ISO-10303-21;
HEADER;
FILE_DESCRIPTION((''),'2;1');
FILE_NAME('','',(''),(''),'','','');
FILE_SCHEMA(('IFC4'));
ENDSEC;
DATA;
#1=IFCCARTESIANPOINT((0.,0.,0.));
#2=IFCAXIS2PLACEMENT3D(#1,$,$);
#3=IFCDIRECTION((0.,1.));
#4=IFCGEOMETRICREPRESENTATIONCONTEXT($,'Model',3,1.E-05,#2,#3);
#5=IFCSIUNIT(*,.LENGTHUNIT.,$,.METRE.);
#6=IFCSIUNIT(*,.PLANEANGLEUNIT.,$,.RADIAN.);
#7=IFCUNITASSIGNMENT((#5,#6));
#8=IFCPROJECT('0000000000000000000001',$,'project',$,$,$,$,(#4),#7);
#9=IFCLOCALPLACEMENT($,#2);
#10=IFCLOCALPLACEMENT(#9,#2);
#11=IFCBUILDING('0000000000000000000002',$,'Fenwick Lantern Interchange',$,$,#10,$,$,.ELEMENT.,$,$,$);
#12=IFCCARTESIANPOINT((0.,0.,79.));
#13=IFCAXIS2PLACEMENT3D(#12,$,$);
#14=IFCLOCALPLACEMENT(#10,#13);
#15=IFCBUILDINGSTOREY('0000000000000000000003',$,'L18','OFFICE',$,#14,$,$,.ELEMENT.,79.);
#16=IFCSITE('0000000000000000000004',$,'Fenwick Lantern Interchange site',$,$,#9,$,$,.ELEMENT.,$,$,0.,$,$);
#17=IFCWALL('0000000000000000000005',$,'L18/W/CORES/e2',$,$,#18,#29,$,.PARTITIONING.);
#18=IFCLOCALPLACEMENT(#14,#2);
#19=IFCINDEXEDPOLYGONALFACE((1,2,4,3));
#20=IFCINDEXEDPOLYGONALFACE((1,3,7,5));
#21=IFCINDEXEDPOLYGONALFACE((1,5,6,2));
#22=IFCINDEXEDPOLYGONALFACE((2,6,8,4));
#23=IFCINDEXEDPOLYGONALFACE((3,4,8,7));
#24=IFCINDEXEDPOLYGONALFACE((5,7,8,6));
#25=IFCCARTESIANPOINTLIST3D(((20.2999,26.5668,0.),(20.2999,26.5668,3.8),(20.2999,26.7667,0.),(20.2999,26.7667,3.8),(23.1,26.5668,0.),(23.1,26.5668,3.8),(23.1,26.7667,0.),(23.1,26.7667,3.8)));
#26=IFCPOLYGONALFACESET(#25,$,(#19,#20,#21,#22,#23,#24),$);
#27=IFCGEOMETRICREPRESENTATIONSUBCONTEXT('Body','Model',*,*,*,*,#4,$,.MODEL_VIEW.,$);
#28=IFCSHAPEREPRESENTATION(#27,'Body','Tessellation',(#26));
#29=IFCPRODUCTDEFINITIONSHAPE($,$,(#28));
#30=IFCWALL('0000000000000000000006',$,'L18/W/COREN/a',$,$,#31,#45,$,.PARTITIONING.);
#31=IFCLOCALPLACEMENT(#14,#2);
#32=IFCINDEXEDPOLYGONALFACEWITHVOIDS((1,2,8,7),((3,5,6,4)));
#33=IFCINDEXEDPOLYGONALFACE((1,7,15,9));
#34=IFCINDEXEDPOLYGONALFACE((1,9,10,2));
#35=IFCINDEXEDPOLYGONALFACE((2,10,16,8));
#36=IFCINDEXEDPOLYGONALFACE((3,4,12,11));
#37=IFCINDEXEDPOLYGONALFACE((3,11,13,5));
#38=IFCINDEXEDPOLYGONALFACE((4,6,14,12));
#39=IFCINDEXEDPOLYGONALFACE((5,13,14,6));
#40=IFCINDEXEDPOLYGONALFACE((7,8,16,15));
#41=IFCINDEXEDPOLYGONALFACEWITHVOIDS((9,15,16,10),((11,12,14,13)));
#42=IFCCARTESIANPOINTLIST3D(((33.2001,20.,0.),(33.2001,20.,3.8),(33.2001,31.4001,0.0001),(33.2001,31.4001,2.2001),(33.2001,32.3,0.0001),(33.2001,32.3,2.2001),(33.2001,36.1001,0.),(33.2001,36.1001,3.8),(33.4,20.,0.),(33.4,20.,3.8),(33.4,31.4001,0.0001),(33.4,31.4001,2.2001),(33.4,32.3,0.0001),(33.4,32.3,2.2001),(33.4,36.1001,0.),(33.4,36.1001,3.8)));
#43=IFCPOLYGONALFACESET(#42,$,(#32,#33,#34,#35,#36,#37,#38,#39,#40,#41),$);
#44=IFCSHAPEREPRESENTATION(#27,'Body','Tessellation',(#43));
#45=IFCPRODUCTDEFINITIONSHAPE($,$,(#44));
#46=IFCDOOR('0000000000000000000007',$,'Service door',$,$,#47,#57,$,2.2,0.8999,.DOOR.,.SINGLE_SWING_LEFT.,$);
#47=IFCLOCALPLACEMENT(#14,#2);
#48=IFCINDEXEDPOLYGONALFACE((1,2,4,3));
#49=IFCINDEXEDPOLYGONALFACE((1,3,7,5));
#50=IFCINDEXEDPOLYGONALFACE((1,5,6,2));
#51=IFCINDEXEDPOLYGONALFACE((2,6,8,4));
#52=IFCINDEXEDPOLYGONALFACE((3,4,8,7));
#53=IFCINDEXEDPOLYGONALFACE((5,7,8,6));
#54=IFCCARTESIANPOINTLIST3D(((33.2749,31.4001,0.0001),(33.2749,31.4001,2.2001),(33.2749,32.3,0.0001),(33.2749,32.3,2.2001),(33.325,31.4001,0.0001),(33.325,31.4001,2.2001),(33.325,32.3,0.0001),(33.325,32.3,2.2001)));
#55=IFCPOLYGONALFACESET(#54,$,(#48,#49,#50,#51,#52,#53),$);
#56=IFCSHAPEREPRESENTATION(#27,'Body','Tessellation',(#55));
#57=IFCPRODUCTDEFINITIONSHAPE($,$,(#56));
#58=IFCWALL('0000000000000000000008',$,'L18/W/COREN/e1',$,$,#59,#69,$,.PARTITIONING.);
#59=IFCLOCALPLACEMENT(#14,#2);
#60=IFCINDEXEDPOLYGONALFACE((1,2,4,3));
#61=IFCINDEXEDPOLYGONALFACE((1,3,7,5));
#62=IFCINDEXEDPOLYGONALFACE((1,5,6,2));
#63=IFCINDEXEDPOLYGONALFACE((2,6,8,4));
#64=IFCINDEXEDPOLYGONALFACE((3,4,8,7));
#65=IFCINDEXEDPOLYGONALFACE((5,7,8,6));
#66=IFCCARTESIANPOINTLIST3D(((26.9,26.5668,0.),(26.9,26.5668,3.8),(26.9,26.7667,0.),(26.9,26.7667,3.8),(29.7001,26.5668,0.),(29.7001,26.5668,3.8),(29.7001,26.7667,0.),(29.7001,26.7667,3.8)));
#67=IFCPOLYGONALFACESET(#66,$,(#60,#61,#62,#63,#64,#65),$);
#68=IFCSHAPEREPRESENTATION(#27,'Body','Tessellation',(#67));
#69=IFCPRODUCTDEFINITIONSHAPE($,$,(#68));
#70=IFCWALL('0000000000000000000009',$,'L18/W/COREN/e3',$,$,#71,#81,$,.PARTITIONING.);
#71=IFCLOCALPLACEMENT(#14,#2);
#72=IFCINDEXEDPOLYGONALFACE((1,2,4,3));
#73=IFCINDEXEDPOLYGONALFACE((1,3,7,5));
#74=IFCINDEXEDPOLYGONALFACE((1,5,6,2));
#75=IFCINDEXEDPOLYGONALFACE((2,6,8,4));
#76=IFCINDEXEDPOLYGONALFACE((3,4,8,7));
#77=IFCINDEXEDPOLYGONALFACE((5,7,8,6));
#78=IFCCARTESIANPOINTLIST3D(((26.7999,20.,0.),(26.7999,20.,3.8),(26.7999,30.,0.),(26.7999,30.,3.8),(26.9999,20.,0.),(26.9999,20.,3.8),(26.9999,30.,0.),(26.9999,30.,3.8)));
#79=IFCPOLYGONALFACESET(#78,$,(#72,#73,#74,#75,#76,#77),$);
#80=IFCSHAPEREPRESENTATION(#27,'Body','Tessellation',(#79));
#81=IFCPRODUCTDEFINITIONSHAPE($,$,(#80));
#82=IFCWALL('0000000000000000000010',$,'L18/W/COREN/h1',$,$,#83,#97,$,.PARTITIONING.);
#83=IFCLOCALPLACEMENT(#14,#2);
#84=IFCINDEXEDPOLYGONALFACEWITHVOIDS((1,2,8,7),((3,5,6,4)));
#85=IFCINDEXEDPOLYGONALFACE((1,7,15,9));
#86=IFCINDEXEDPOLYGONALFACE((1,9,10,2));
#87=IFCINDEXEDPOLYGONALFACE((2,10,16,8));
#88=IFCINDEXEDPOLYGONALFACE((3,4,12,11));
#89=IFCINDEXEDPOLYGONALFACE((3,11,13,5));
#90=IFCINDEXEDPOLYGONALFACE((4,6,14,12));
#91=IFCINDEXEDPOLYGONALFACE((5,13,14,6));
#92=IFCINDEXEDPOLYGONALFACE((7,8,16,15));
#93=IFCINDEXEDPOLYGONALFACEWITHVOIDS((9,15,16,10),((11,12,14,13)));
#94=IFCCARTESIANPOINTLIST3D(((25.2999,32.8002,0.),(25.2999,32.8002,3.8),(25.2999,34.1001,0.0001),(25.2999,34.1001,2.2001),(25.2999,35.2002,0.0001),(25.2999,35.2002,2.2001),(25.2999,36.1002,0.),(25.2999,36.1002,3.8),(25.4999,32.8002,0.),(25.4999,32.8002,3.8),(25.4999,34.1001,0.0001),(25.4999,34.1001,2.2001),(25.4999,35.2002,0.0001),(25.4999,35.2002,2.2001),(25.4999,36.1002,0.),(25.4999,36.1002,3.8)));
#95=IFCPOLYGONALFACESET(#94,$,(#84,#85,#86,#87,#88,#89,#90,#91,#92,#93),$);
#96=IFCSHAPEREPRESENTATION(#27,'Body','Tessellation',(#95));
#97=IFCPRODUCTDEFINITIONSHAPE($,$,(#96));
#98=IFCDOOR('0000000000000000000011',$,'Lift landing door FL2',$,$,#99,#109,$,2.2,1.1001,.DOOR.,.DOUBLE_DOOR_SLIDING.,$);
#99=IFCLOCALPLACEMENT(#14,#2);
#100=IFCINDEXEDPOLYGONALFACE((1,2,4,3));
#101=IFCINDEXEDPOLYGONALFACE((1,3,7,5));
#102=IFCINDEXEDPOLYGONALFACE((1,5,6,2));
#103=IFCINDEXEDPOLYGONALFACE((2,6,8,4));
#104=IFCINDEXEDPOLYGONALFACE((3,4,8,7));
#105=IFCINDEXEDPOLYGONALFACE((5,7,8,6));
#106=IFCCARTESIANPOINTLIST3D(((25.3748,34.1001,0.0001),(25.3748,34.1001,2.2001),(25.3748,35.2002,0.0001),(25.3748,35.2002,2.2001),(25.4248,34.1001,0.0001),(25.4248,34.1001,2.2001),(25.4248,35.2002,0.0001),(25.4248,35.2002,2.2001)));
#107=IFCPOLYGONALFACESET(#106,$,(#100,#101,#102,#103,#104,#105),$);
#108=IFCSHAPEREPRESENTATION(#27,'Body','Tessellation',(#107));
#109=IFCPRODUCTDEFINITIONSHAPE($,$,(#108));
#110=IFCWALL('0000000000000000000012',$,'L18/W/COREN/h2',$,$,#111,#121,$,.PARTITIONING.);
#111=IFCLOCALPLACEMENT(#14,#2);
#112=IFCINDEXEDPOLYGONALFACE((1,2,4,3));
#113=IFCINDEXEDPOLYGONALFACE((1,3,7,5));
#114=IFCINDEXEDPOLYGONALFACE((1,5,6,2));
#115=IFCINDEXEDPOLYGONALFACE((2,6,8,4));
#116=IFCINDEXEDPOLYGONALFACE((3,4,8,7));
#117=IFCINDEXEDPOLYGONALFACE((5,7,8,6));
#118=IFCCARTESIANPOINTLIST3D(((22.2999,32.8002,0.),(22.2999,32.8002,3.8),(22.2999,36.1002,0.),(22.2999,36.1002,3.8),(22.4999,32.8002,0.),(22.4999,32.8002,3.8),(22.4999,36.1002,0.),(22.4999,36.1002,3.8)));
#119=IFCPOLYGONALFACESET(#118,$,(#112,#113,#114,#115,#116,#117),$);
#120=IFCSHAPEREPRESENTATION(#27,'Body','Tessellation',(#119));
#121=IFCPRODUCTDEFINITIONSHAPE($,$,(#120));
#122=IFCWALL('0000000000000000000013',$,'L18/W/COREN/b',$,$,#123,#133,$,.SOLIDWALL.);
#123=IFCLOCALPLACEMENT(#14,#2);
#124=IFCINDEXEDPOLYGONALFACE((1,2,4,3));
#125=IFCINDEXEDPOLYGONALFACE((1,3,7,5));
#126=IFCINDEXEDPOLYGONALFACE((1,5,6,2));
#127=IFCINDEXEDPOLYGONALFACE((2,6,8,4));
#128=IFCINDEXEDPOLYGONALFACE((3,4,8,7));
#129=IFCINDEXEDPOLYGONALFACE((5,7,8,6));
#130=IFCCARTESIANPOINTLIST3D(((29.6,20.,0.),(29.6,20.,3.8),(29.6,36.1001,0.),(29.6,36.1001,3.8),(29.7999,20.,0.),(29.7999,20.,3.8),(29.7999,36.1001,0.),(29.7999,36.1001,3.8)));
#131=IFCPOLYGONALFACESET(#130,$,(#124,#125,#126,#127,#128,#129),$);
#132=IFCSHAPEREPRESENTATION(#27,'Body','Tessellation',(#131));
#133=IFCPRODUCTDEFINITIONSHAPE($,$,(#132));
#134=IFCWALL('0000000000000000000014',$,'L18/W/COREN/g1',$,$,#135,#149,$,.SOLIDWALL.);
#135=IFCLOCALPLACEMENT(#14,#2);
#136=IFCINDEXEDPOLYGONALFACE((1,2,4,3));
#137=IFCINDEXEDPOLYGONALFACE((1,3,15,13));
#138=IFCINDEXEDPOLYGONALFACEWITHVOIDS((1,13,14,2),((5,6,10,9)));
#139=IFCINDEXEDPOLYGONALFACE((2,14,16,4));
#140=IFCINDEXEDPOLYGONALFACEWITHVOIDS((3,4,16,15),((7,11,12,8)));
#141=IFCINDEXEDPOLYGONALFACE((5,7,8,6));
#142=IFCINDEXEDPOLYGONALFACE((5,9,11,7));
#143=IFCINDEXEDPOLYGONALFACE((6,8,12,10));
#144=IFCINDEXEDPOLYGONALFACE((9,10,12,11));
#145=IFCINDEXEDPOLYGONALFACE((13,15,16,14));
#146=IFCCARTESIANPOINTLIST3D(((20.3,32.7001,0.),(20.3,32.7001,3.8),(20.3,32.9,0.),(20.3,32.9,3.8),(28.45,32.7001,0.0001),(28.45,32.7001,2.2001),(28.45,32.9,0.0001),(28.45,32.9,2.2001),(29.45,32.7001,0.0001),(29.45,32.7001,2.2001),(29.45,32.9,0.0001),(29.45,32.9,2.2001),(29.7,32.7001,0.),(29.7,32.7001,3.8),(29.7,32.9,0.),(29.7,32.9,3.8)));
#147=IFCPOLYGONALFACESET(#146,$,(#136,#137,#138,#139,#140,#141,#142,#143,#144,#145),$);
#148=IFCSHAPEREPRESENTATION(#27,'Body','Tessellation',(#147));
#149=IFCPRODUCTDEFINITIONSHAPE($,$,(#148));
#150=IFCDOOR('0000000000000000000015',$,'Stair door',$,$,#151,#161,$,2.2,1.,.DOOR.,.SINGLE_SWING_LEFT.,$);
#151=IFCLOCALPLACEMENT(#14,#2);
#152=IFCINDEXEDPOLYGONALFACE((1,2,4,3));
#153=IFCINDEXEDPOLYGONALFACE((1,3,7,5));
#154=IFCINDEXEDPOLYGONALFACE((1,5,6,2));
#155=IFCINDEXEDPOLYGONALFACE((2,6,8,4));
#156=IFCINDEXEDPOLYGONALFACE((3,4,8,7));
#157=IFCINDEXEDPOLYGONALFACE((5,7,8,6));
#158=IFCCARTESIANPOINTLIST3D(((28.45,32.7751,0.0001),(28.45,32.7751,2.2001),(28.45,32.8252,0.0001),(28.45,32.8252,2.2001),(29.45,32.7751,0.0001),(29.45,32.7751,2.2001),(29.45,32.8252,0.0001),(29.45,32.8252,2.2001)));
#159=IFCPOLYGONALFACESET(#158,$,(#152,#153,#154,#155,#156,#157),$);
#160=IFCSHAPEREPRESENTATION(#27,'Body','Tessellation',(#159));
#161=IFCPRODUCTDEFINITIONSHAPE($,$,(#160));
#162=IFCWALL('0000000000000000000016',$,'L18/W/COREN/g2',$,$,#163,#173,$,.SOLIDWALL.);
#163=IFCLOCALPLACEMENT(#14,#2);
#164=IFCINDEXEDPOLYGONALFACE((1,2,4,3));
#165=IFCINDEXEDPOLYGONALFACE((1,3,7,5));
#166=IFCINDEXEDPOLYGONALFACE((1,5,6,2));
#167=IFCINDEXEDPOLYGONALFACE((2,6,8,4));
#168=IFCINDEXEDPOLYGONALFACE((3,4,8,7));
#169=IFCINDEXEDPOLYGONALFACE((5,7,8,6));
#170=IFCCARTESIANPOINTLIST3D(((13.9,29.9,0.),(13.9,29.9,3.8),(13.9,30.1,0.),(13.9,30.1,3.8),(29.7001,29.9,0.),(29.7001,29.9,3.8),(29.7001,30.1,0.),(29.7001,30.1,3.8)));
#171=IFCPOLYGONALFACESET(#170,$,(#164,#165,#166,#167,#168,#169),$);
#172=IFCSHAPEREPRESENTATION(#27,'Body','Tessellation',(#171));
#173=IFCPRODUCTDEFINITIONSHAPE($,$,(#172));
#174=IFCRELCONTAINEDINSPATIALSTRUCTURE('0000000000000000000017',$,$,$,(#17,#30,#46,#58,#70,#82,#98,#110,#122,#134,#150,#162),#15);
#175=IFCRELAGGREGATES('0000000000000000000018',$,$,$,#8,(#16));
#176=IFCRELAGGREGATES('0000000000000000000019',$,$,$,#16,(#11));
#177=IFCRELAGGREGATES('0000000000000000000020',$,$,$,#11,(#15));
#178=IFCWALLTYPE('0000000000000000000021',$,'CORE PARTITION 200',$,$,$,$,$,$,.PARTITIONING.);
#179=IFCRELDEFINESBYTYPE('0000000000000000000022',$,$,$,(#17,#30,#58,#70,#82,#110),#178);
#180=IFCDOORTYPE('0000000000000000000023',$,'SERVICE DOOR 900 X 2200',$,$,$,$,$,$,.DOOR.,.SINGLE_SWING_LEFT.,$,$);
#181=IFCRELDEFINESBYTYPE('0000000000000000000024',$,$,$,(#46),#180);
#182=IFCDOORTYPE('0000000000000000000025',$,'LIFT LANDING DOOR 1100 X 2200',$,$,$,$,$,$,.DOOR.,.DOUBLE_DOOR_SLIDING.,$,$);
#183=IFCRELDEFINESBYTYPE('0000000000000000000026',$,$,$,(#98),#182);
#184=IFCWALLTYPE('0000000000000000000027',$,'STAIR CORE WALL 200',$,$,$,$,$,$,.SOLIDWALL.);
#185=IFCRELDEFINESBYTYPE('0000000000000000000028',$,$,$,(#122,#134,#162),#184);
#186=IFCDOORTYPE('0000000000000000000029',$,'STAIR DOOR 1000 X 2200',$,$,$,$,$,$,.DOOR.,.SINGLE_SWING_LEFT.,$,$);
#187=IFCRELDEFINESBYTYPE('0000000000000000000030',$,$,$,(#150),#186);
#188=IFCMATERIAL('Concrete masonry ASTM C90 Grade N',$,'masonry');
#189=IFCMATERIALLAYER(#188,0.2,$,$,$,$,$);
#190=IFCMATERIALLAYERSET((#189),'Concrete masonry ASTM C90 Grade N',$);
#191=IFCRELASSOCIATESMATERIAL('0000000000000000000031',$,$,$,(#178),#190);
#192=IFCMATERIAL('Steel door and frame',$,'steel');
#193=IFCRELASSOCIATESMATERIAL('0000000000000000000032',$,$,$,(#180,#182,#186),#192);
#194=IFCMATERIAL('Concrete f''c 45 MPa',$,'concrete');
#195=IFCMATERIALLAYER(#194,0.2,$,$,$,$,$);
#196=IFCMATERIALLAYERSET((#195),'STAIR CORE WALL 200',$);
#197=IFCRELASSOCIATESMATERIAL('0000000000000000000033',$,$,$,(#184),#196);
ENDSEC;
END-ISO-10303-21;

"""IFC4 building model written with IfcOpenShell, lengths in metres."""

from ifc_helpers import new_model, si_unit, direction, frame, frame_2d, origin, place, context, subcontext, project, spatial, rectangle, extrude, material, layer, layer_set, type_object, element, fill, save


model = new_model("IFC4")

# Units and contexts
model_context = context("Model", 3, precision=1e-05, world=origin(), true_north=direction((0.0, 1.0)))
body_context = subcontext(model_context, "Body", "Model", "MODEL_VIEW")
ifc_project = project(units=[si_unit("LENGTHUNIT", "METRE"), si_unit("PLANEANGLEUNIT", "RADIAN")], contexts=[model_context])

# Site, building, storey
site_placement = place(None, origin())
site = spatial("IfcSite", under=ifc_project, at=site_placement, Name="Fenwick Lantern Interchange site", CompositionType="ELEMENT", RefElevation=0.0)
building_placement = place(site_placement, origin())
building = spatial("IfcBuilding", under=site, at=building_placement, Name="Fenwick Lantern Interchange", CompositionType="ELEMENT")
storey_placement = place(building_placement, frame((0.0, 0.0, 79.0)))
storey = spatial("IfcBuildingStorey", under=building, at=storey_placement, Name="L18", Description="OFFICE", CompositionType="ELEMENT", Elevation=79.0)

# Wall
ifc_material_1 = material(Name="Concrete masonry ASTM C90 Grade N", Category="masonry")
ifc_layer_1 = layer(ifc_material_1, 0.2)
ifc_layer_set_1 = layer_set([ifc_layer_1], Name="Concrete masonry ASTM C90 Grade N")
wall_type_1 = type_object("IfcWallType", Name="CORE PARTITION 200", PredefinedType="PARTITIONING", material=ifc_layer_set_1)
wall_1_placement = place(storey_placement, frame((20.3, 26.6667, 0.0), z_axis=(0.0, 0.0, 1.0), x_axis=(1.0, 0.0, 0.0)))
element("IfcWall", 1, at=wall_1_placement, inside=storey, type_object=wall_type_1, Name="L18/W/CORES/e2", PredefinedType="PARTITIONING", context=body_context, shape_type="SweptSolid", body=[
    extrude(rectangle(XDim=2.8, YDim=0.2, at=frame_2d((1.3999, 0.0))), origin(), (0.0, 0.0, 1.0), 3.8),
])

# Wall, opening, door
wall_2_placement = place(storey_placement, frame((33.3, 36.1001, 0.0), z_axis=(0.0, 0.0, 1.0), x_axis=(0.0, -1.0, 0.0)))
wall_2 = element("IfcWall", 2, at=wall_2_placement, inside=storey, type_object=wall_type_1, Name="L18/W/COREN/a", PredefinedType="PARTITIONING", context=body_context, shape_type="SweptSolid", body=[
    extrude(rectangle(XDim=16.1001, YDim=0.2, at=frame_2d((8.05, 0.0))), origin(), (0.0, 0.0, 1.0), 3.8),
])
opening_1_placement = place(wall_2_placement, frame((3.8, 0.0, 0.0)))
opening_1 = element("IfcOpeningElement", 3, at=opening_1_placement, cuts=wall_2, PredefinedType="OPENING", context=body_context, shape_type="SweptSolid", body=[
    extrude(rectangle(XDim=0.8999, YDim=2.2, at=frame_2d((0.45, 1.1001))), frame((0.0, 0.1099, 0.0), z_axis=(0.0, -1.0, 0.0), x_axis=(1.0, 0.0, 0.0)), (0.0, 0.0, 1.0), 0.22),
])
ifc_material_2 = material(Name="Steel door and frame", Category="steel")
door_type_1 = type_object("IfcDoorType", Name="SERVICE DOOR 900 X 2200", OperationType="SINGLE_SWING_LEFT", PredefinedType="DOOR", material=ifc_material_2)
door_1_placement = place(opening_1_placement, origin())
door_1 = element("IfcDoor", 4, at=door_1_placement, inside=storey, type_object=door_type_1, Name="Service door", OperationType="SINGLE_SWING_LEFT", OverallHeight=2.2, OverallWidth=0.8999, PredefinedType="DOOR", context=body_context, shape_type="SweptSolid", body=[
    extrude(rectangle(XDim=0.8999, YDim=2.2, at=frame_2d((0.45, 1.1001))), frame((0.0, 0.0249, 0.0), z_axis=(0.0, -1.0, 0.0), x_axis=(1.0, 0.0, 0.0)), (0.0, 0.0, 1.0), 0.05),
])
fill(opening_1, door_1)

# Walls
wall_3_placement = place(storey_placement, frame((29.7, 26.6667, 0.0), z_axis=(0.0, 0.0, 1.0), x_axis=(-1.0, 0.0, 0.0)))
element("IfcWall", 5, at=wall_3_placement, inside=storey, type_object=wall_type_1, Name="L18/W/COREN/e1", PredefinedType="PARTITIONING", context=body_context, shape_type="SweptSolid", body=[
    extrude(rectangle(XDim=2.8, YDim=0.2, at=frame_2d((1.3999, 0.0))), origin(), (0.0, 0.0, 1.0), 3.8),
])
wall_4_placement = place(storey_placement, frame((26.8999, 30.0, 0.0), z_axis=(0.0, 0.0, 1.0), x_axis=(0.0, -1.0, 0.0)))
element("IfcWall", 6, at=wall_4_placement, inside=storey, type_object=wall_type_1, Name="L18/W/COREN/e3", PredefinedType="PARTITIONING", context=body_context, shape_type="SweptSolid", body=[
    extrude(rectangle(XDim=10.0, YDim=0.2, at=frame_2d((5.0, 0.0))), origin(), (0.0, 0.0, 1.0), 3.8),
])

# Wall, opening, door
wall_5_placement = place(storey_placement, frame((25.3999, 36.1001, 0.0), z_axis=(0.0, 0.0, 1.0), x_axis=(0.0, -1.0, 0.0)))
wall_5 = element("IfcWall", 7, at=wall_5_placement, inside=storey, type_object=wall_type_1, Name="L18/W/COREN/h1", PredefinedType="PARTITIONING", context=body_context, shape_type="SweptSolid", body=[
    extrude(rectangle(XDim=3.3, YDim=0.2, at=frame_2d((1.6499, 0.0))), origin(), (0.0, 0.0, 1.0), 3.8),
])
opening_2_placement = place(wall_5_placement, frame((0.8999, 0.0, 0.0)))
opening_2 = element("IfcOpeningElement", 8, at=opening_2_placement, cuts=wall_5, PredefinedType="OPENING", context=body_context, shape_type="SweptSolid", body=[
    extrude(rectangle(XDim=1.1001, YDim=2.2, at=frame_2d((0.55, 1.1001))), frame((0.0, 0.1099, 0.0), z_axis=(0.0, -1.0, 0.0), x_axis=(1.0, 0.0, 0.0)), (0.0, 0.0, 1.0), 0.22),
])
door_type_2 = type_object("IfcDoorType", Name="LIFT LANDING DOOR 1100 X 2200", OperationType="DOUBLE_DOOR_SLIDING", PredefinedType="DOOR", material=ifc_material_2)
door_2_placement = place(opening_2_placement, origin())
door_2 = element("IfcDoor", 9, at=door_2_placement, inside=storey, type_object=door_type_2, Name="Lift landing door FL2", OperationType="DOUBLE_DOOR_SLIDING", OverallHeight=2.2, OverallWidth=1.1001, PredefinedType="DOOR", context=body_context, shape_type="SweptSolid", body=[
    extrude(rectangle(XDim=1.1001, YDim=2.2, at=frame_2d((0.55, 1.1001))), frame((0.0, 0.0249, 0.0), z_axis=(0.0, -1.0, 0.0), x_axis=(1.0, 0.0, 0.0)), (0.0, 0.0, 1.0), 0.05),
])
fill(opening_2, door_2)

# Walls
wall_6_placement = place(storey_placement, frame((22.3999, 36.1001, 0.0), z_axis=(0.0, 0.0, 1.0), x_axis=(0.0, -1.0, 0.0)))
element("IfcWall", 10, at=wall_6_placement, inside=storey, type_object=wall_type_1, Name="L18/W/COREN/h2", PredefinedType="PARTITIONING", context=body_context, shape_type="SweptSolid", body=[
    extrude(rectangle(XDim=3.3, YDim=0.2, at=frame_2d((1.6499, 0.0))), origin(), (0.0, 0.0, 1.0), 3.8),
])
ifc_material_3 = material(Name="Concrete f'c 45 MPa", Category="concrete")
ifc_layer_2 = layer(ifc_material_3, 0.2)
ifc_layer_set_2 = layer_set([ifc_layer_2], Name="STAIR CORE WALL 200")
wall_type_2 = type_object("IfcWallType", Name="STAIR CORE WALL 200", PredefinedType="SOLIDWALL", material=ifc_layer_set_2)
wall_7_placement = place(storey_placement, frame((29.7, 36.1001, 0.0), z_axis=(0.0, 0.0, 1.0), x_axis=(0.0, -1.0, 0.0)))
element("IfcWall", 11, at=wall_7_placement, inside=storey, type_object=wall_type_2, Name="L18/W/COREN/b", PredefinedType="SOLIDWALL", context=body_context, shape_type="SweptSolid", body=[
    extrude(rectangle(XDim=16.1001, YDim=0.2, at=frame_2d((8.05, 0.0))), origin(), (0.0, 0.0, 1.0), 3.8),
])

# Wall, opening, door
wall_8_placement = place(storey_placement, frame((29.7, 32.8, 0.0), z_axis=(0.0, 0.0, 1.0), x_axis=(-1.0, 0.0, 0.0)))
wall_8 = element("IfcWall", 12, at=wall_8_placement, inside=storey, type_object=wall_type_2, Name="L18/W/COREN/g1", PredefinedType="SOLIDWALL", context=body_context, shape_type="SweptSolid", body=[
    extrude(rectangle(XDim=9.3999, YDim=0.2, at=frame_2d((4.7, 0.0))), origin(), (0.0, 0.0, 1.0), 3.8),
])
opening_3_placement = place(wall_8_placement, frame((0.25, 0.0, 0.0)))
opening_3 = element("IfcOpeningElement", 13, at=opening_3_placement, cuts=wall_8, PredefinedType="OPENING", context=body_context, shape_type="SweptSolid", body=[
    extrude(rectangle(XDim=1.0, YDim=2.2, at=frame_2d((0.5, 1.1001))), frame((0.0, 0.1099, 0.0), z_axis=(0.0, -1.0, 0.0), x_axis=(1.0, 0.0, 0.0)), (0.0, 0.0, 1.0), 0.22),
])
door_type_3 = type_object("IfcDoorType", Name="STAIR DOOR 1000 X 2200", OperationType="SINGLE_SWING_LEFT", PredefinedType="DOOR", material=ifc_material_2)
door_3_placement = place(opening_3_placement, origin())
door_3 = element("IfcDoor", 14, at=door_3_placement, inside=storey, type_object=door_type_3, Name="Stair door", OperationType="SINGLE_SWING_LEFT", OverallHeight=2.2, OverallWidth=1.0, PredefinedType="DOOR", context=body_context, shape_type="SweptSolid", body=[
    extrude(rectangle(XDim=1.0, YDim=2.2, at=frame_2d((0.5, 1.1001))), frame((0.0, 0.0249, 0.0), z_axis=(0.0, -1.0, 0.0), x_axis=(1.0, 0.0, 0.0)), (0.0, 0.0, 1.0), 0.05),
])
fill(opening_3, door_3)

# Wall
wall_9_placement = place(storey_placement, frame((29.7, 30.0, 0.0), z_axis=(0.0, 0.0, 1.0), x_axis=(-1.0, 0.0, 0.0)))
element("IfcWall", 15, at=wall_9_placement, inside=storey, type_object=wall_type_2, Name="L18/W/COREN/g2", PredefinedType="SOLIDWALL", context=body_context, shape_type="SweptSolid", body=[
    extrude(rectangle(XDim=15.8, YDim=0.2, at=frame_2d((7.8999, 0.0))), origin(), (0.0, 0.0, 1.0), 3.8),
])

save(model, "model.ifc")
